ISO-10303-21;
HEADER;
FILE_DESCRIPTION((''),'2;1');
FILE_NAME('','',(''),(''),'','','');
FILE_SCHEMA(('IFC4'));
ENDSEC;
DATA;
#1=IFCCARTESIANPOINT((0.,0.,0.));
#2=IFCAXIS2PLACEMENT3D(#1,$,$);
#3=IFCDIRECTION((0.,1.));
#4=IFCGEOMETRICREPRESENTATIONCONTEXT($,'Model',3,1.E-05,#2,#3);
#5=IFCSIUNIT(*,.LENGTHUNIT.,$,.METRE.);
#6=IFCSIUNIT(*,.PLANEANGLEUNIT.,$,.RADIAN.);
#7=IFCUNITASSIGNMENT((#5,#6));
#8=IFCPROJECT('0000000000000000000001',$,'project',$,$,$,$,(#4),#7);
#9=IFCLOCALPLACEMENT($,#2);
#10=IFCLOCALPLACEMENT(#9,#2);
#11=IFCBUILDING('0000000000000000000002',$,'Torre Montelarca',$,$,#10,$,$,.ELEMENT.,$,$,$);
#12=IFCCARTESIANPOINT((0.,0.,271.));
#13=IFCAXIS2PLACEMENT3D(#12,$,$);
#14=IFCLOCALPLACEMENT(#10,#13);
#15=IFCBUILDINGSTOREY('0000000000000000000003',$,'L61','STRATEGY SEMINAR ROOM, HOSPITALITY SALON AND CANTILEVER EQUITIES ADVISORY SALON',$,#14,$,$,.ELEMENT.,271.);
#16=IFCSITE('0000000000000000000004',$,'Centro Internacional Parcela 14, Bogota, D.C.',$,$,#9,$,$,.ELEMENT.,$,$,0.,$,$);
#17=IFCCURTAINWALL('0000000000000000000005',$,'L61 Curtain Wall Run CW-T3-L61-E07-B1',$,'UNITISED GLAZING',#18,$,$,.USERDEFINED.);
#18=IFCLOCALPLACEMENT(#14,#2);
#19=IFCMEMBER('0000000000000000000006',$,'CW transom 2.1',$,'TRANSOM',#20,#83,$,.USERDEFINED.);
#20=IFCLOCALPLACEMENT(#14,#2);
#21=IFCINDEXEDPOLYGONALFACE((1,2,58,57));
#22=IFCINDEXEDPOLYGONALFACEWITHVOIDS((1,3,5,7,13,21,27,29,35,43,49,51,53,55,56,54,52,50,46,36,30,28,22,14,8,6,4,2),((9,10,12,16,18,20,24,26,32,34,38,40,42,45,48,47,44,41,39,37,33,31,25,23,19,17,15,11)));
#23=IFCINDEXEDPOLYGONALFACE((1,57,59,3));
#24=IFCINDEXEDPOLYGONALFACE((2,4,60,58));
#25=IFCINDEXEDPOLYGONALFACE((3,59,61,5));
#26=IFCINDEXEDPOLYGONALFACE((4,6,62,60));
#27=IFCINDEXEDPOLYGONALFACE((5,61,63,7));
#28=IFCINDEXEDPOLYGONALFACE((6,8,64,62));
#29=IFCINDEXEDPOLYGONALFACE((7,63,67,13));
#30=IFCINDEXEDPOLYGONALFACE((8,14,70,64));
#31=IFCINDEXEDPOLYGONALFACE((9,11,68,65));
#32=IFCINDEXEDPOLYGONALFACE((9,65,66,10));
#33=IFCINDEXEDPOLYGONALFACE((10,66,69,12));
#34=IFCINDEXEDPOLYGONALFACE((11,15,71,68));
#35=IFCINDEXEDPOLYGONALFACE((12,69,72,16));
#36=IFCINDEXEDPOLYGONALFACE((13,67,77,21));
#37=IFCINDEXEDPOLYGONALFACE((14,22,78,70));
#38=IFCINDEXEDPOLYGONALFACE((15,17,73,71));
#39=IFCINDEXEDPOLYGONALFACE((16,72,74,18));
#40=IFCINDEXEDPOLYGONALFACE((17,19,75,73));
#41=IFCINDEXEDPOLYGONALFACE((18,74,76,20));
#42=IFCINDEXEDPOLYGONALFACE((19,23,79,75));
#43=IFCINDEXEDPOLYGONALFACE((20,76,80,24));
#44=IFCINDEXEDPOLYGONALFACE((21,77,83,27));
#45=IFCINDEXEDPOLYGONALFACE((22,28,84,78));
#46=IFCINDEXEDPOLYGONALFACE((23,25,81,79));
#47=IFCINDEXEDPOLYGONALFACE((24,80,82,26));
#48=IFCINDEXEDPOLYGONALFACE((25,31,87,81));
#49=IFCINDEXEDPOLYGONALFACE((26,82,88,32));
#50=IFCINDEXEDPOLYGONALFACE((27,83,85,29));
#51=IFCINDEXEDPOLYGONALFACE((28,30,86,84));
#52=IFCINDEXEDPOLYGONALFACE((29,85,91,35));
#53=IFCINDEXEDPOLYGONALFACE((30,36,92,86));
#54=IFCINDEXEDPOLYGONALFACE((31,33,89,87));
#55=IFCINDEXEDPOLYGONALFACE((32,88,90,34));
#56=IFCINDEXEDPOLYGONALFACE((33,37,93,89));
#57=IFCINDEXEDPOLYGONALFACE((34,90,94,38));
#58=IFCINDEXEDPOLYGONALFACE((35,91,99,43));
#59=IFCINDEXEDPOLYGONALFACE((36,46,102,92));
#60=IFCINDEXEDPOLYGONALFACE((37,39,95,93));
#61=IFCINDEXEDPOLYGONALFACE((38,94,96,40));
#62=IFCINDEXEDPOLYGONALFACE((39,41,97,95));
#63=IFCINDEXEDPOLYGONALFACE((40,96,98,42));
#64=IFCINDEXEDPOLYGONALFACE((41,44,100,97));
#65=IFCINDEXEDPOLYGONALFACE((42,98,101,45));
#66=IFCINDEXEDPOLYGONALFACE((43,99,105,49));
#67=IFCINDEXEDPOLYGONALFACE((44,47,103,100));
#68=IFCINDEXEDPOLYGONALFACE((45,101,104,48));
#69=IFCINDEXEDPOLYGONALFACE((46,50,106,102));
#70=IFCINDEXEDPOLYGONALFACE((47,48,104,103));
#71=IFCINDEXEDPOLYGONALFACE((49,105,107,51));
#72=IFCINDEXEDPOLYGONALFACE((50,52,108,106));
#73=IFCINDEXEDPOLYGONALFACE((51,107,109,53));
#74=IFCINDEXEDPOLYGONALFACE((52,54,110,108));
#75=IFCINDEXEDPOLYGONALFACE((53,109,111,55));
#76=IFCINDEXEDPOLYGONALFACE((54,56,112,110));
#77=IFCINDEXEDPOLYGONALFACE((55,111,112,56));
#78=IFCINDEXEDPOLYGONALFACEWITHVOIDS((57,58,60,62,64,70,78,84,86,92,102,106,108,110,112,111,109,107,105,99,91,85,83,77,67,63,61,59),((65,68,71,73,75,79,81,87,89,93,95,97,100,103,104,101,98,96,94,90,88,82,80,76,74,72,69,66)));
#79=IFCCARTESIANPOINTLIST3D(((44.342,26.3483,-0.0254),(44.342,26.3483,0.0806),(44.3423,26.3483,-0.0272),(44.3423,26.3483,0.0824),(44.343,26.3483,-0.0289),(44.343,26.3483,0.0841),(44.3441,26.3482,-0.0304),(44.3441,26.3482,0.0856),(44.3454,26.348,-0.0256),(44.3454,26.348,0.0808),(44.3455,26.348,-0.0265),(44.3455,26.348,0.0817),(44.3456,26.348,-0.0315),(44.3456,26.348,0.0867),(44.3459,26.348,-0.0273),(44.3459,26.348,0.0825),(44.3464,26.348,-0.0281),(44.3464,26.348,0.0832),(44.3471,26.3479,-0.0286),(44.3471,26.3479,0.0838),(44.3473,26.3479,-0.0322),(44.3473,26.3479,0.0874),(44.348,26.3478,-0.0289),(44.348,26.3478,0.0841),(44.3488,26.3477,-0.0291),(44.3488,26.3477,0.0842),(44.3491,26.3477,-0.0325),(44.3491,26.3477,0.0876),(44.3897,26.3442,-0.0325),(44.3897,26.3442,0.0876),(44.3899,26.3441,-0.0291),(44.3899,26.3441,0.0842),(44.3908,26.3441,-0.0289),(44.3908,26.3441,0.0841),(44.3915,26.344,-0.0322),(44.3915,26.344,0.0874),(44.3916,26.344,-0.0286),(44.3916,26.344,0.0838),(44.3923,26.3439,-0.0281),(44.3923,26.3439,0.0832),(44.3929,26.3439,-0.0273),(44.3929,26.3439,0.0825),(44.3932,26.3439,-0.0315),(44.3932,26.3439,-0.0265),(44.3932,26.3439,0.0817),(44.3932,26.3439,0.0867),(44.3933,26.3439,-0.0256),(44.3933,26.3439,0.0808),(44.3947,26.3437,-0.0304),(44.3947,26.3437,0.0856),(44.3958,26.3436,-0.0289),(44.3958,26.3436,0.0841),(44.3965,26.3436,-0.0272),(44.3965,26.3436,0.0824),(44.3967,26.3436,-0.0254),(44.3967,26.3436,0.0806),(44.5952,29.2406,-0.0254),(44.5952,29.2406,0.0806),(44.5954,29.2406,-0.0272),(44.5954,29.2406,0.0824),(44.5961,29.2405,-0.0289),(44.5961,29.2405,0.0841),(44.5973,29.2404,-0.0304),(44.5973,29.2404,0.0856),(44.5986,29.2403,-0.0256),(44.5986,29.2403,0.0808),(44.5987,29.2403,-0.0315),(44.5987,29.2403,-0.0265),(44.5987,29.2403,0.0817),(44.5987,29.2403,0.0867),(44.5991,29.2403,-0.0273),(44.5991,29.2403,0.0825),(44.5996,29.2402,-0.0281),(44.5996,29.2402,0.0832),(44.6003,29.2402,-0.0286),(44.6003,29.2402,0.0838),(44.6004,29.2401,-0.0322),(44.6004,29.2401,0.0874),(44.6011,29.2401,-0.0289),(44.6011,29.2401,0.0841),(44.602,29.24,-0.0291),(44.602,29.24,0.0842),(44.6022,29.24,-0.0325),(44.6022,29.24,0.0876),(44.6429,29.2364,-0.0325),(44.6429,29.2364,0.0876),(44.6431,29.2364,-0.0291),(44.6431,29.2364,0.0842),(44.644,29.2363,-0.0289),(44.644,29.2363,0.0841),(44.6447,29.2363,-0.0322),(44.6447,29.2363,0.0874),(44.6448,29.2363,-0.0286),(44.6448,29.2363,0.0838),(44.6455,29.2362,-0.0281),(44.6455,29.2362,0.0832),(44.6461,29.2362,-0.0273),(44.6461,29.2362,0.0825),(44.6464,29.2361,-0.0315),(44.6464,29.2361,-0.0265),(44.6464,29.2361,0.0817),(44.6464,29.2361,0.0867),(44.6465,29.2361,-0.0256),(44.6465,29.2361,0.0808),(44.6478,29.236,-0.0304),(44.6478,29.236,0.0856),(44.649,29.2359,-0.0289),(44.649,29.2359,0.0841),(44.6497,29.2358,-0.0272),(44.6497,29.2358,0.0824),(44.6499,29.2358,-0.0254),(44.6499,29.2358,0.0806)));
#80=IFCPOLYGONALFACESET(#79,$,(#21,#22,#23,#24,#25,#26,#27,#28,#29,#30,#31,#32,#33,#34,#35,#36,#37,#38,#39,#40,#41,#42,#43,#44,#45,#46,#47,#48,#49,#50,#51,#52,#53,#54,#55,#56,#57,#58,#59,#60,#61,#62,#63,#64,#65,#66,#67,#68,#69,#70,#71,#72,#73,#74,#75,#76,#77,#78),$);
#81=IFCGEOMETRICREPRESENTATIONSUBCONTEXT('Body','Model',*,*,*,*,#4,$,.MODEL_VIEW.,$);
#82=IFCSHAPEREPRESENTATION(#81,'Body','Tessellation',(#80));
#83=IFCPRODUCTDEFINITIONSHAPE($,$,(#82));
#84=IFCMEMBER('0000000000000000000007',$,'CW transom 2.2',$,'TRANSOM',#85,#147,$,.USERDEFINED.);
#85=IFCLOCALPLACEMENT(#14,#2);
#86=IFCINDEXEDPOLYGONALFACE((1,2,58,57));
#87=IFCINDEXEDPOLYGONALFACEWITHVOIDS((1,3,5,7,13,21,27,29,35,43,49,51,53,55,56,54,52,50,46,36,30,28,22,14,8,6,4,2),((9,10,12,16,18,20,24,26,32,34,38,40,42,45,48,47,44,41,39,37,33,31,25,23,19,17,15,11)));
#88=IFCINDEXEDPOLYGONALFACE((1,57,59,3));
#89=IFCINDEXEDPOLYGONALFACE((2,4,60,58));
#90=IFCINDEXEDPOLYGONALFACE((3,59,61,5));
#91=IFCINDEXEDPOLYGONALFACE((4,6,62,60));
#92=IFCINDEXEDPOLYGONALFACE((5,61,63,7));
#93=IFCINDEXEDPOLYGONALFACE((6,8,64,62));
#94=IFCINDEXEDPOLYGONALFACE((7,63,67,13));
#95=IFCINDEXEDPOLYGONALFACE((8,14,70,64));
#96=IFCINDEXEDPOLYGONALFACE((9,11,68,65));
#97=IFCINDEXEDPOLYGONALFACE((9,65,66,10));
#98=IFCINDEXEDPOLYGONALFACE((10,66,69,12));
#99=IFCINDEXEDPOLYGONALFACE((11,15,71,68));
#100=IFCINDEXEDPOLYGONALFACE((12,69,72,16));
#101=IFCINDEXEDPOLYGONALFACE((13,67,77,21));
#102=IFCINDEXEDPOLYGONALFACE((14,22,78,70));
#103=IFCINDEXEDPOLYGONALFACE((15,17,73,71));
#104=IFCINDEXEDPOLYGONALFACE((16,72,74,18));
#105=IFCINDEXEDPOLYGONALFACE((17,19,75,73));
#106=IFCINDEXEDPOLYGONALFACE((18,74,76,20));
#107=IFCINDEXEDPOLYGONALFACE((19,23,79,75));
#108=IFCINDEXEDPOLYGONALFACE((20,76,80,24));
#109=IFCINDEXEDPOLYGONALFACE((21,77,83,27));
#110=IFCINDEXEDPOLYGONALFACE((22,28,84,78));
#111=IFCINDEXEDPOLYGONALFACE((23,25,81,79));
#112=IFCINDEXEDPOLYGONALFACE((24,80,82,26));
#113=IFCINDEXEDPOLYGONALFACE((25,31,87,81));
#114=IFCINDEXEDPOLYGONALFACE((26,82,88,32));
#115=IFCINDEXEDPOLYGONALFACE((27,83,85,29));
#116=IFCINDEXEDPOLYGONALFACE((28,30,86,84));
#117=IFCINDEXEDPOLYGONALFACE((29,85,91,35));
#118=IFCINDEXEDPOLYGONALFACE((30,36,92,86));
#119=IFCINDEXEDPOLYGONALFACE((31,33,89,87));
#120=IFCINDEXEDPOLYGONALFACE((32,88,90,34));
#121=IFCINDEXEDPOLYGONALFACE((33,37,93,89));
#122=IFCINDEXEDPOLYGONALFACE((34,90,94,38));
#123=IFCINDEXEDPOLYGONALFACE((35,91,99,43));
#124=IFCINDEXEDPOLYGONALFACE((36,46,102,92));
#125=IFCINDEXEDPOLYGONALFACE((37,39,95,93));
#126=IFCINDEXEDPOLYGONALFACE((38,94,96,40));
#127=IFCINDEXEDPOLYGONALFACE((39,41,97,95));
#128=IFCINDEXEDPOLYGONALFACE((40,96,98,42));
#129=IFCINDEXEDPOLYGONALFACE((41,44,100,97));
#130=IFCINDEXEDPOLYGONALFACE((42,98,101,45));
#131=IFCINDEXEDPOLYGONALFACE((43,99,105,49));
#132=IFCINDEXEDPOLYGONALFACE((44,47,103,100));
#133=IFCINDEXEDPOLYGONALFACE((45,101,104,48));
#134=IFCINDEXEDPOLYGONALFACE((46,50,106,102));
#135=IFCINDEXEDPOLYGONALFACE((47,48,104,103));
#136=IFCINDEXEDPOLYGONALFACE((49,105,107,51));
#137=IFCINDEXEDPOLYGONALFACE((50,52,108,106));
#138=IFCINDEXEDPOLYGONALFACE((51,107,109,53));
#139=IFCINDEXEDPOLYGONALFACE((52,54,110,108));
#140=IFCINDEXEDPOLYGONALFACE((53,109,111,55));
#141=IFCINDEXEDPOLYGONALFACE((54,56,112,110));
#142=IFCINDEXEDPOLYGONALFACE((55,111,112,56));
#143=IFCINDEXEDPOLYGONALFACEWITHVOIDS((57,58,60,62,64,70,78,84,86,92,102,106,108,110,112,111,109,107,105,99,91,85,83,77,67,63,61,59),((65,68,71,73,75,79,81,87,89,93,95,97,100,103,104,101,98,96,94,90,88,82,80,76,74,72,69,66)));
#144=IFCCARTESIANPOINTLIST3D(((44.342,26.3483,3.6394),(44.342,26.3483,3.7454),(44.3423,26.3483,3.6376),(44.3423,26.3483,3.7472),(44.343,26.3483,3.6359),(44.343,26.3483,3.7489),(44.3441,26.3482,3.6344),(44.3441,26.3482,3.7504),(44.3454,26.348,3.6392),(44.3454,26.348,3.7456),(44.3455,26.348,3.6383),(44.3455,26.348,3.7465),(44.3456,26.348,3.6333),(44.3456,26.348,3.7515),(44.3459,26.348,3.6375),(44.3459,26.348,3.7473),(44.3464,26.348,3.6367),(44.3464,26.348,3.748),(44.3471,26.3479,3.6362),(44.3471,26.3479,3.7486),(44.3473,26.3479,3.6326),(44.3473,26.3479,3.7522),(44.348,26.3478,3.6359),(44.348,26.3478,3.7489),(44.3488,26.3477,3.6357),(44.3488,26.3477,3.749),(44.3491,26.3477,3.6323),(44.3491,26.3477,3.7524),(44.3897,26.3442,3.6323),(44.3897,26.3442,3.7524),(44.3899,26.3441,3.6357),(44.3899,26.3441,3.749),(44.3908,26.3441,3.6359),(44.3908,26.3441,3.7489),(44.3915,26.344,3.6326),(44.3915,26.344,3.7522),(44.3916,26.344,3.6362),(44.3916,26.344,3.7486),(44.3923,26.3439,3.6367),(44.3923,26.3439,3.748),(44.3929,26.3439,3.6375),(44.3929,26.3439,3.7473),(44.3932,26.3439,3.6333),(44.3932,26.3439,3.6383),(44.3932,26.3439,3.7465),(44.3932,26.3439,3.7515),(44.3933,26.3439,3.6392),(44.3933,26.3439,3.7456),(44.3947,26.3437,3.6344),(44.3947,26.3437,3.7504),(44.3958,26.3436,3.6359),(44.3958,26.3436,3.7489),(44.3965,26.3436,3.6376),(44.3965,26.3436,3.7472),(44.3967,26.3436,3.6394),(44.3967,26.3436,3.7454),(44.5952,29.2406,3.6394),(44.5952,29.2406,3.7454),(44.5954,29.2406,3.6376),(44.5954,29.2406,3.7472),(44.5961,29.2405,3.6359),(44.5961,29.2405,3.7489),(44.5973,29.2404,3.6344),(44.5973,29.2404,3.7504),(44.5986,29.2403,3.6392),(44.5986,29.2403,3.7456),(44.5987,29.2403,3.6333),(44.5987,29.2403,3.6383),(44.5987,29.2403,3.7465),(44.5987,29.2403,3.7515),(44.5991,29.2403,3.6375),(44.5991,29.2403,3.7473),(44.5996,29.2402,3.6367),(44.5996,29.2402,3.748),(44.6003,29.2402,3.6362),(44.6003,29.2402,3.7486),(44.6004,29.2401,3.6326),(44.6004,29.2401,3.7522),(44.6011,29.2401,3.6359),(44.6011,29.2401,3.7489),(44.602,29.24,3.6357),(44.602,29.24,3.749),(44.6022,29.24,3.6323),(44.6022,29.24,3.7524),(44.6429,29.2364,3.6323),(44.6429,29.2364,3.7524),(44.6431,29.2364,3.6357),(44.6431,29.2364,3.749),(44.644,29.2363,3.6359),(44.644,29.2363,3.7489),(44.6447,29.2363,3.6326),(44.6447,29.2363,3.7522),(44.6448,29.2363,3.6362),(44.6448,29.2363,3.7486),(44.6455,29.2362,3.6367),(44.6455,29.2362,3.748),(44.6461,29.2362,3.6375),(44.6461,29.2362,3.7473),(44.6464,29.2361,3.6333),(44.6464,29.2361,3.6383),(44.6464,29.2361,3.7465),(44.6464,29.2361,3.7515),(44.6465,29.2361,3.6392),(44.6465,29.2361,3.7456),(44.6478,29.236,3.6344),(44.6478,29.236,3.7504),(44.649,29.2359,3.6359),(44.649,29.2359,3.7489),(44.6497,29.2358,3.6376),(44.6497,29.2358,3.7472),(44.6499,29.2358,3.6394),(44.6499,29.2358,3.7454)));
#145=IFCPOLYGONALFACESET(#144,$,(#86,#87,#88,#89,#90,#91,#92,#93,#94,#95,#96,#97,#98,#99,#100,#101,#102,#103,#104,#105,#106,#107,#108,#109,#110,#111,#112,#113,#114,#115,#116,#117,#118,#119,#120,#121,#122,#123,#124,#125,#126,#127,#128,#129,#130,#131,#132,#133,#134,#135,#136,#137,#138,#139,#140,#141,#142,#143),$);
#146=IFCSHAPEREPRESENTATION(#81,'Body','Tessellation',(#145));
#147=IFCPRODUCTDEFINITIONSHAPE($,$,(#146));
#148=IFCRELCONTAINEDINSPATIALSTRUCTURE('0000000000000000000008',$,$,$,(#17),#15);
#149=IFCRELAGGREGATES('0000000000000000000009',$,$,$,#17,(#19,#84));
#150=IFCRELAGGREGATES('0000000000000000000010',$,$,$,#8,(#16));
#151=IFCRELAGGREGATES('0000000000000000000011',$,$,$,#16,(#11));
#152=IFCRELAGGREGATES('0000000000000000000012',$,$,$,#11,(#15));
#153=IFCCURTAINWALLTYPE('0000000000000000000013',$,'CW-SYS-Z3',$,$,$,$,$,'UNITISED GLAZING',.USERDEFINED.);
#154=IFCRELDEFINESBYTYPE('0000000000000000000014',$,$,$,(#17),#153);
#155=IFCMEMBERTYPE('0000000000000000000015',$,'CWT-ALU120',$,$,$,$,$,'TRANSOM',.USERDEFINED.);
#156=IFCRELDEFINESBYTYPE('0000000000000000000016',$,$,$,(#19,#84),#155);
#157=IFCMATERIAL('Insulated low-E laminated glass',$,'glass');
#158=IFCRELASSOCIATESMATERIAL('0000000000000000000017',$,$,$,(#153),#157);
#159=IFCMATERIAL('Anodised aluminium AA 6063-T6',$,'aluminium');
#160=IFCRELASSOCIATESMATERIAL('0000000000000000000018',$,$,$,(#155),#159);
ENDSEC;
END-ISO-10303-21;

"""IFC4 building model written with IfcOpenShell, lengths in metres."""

from ifc_helpers import new_model, si_unit, direction, frame, origin, origin_2d, place, context, subcontext, project, spatial, hollow_rectangle, extrude, source, transform, mapped, material, material_profile, profile_set, type_object, element, aggregate, save


model = new_model("IFC4")

# Units and contexts
model_context = context("Model", 3, precision=1e-05, world=origin(), true_north=direction((0.0, 1.0)))
body_context = subcontext(model_context, "Body", "Model", "MODEL_VIEW")
ifc_project = project(units=[si_unit("LENGTHUNIT", "METRE"), si_unit("PLANEANGLEUNIT", "RADIAN")], contexts=[model_context])

# Site, building, storey
site_placement = place(None, origin())
site = spatial("IfcSite", under=ifc_project, at=site_placement, Name="Centro Internacional Parcela 14, Bogota, D.C.", CompositionType="ELEMENT", RefElevation=0.0)
building_placement = place(site_placement, origin())
building = spatial("IfcBuilding", under=site, at=building_placement, Name="Torre Montelarca", CompositionType="ELEMENT")
storey_placement = place(building_placement, frame((0.0, 0.0, 271.0)))
storey = spatial("IfcBuildingStorey", under=building, at=storey_placement, Name="L61", Description="STRATEGY SEMINAR ROOM, HOSPITALITY SALON AND CANTILEVER EQUITIES ADVISORY SALON", CompositionType="ELEMENT", Elevation=271.0)

# Curtain wall, members
ifc_material_1 = material(Name="Insulated low-E laminated glass", Category="glass")
curtain_wall_type = type_object("IfcCurtainWallType", Name="CW-SYS-Z3", ElementType="UNITISED GLAZING", PredefinedType="USERDEFINED", material=ifc_material_1)
curtain_wall_1_placement = place(storey_placement, origin())
curtain_wall_1 = element("IfcCurtainWall", 1, at=curtain_wall_1_placement, inside=storey, type_object=curtain_wall_type, Name="L61 Curtain Wall Run CW-T3-L61-E07-B1", ObjectType="UNITISED GLAZING", PredefinedType="USERDEFINED")
ifc_material_2 = material(Name="Anodised aluminium AA 6063-T6", Category="aluminium")
ifc_material_profile_1 = material_profile(ifc_material_2, hollow_rectangle(XDim=0.0549, YDim=0.1201, WallThickness=0.0034, InnerFilletRadius=0.0034, OuterFilletRadius=0.0071, at=origin_2d()), Name="ALU55X120X3.5", Category="aluminium")
ifc_profile_set_1 = profile_set([ifc_material_profile_1], Name="Anodised aluminium AA 6063-T6")
member_type_1 = type_object("IfcMemberType", Name="CWT-ALU120", ElementType="TRANSOM", PredefinedType="USERDEFINED", material=ifc_profile_set_1)
shared_shape_1 = source(origin(), body_context, "Body", "SweptSolid", [
    extrude(hollow_rectangle(XDim=0.0549, YDim=0.1201, WallThickness=0.0034, InnerFilletRadius=0.0034, OuterFilletRadius=0.0071, at=origin_2d()), origin(), (0.0, 0.0, 1.0), 2.9033),
])
member_1_placement = place(storey_placement, frame((44.3694, 26.3459, 0.0276), z_axis=(0.087199, 0.996191, 0.0), x_axis=(-0.996191, 0.087199, 0.0)))
member_1 = element("IfcMember", 2, at=member_1_placement, type_object=member_type_1, Name="CW transom 2.1", ObjectType="TRANSOM", PredefinedType="USERDEFINED", context=body_context, shape_type="MappedRepresentation", body=[
    mapped(shared_shape_1, transform((0.0, 0.0, 0.0), scale=1.0)),
])
member_2_placement = place(storey_placement, frame((44.3694, 26.3459, 3.6924), z_axis=(0.087199, 0.996191, 0.0), x_axis=(-0.996191, 0.087199, 0.0)))
member_2 = element("IfcMember", 3, at=member_2_placement, type_object=member_type_1, Name="CW transom 2.2", ObjectType="TRANSOM", PredefinedType="USERDEFINED", context=body_context, shape_type="MappedRepresentation", body=[
    mapped(shared_shape_1, transform((0.0, 0.0, 0.0), scale=1.0)),
])

aggregate(curtain_wall_1, [member_1, member_2])

save(model, "model.ifc")
